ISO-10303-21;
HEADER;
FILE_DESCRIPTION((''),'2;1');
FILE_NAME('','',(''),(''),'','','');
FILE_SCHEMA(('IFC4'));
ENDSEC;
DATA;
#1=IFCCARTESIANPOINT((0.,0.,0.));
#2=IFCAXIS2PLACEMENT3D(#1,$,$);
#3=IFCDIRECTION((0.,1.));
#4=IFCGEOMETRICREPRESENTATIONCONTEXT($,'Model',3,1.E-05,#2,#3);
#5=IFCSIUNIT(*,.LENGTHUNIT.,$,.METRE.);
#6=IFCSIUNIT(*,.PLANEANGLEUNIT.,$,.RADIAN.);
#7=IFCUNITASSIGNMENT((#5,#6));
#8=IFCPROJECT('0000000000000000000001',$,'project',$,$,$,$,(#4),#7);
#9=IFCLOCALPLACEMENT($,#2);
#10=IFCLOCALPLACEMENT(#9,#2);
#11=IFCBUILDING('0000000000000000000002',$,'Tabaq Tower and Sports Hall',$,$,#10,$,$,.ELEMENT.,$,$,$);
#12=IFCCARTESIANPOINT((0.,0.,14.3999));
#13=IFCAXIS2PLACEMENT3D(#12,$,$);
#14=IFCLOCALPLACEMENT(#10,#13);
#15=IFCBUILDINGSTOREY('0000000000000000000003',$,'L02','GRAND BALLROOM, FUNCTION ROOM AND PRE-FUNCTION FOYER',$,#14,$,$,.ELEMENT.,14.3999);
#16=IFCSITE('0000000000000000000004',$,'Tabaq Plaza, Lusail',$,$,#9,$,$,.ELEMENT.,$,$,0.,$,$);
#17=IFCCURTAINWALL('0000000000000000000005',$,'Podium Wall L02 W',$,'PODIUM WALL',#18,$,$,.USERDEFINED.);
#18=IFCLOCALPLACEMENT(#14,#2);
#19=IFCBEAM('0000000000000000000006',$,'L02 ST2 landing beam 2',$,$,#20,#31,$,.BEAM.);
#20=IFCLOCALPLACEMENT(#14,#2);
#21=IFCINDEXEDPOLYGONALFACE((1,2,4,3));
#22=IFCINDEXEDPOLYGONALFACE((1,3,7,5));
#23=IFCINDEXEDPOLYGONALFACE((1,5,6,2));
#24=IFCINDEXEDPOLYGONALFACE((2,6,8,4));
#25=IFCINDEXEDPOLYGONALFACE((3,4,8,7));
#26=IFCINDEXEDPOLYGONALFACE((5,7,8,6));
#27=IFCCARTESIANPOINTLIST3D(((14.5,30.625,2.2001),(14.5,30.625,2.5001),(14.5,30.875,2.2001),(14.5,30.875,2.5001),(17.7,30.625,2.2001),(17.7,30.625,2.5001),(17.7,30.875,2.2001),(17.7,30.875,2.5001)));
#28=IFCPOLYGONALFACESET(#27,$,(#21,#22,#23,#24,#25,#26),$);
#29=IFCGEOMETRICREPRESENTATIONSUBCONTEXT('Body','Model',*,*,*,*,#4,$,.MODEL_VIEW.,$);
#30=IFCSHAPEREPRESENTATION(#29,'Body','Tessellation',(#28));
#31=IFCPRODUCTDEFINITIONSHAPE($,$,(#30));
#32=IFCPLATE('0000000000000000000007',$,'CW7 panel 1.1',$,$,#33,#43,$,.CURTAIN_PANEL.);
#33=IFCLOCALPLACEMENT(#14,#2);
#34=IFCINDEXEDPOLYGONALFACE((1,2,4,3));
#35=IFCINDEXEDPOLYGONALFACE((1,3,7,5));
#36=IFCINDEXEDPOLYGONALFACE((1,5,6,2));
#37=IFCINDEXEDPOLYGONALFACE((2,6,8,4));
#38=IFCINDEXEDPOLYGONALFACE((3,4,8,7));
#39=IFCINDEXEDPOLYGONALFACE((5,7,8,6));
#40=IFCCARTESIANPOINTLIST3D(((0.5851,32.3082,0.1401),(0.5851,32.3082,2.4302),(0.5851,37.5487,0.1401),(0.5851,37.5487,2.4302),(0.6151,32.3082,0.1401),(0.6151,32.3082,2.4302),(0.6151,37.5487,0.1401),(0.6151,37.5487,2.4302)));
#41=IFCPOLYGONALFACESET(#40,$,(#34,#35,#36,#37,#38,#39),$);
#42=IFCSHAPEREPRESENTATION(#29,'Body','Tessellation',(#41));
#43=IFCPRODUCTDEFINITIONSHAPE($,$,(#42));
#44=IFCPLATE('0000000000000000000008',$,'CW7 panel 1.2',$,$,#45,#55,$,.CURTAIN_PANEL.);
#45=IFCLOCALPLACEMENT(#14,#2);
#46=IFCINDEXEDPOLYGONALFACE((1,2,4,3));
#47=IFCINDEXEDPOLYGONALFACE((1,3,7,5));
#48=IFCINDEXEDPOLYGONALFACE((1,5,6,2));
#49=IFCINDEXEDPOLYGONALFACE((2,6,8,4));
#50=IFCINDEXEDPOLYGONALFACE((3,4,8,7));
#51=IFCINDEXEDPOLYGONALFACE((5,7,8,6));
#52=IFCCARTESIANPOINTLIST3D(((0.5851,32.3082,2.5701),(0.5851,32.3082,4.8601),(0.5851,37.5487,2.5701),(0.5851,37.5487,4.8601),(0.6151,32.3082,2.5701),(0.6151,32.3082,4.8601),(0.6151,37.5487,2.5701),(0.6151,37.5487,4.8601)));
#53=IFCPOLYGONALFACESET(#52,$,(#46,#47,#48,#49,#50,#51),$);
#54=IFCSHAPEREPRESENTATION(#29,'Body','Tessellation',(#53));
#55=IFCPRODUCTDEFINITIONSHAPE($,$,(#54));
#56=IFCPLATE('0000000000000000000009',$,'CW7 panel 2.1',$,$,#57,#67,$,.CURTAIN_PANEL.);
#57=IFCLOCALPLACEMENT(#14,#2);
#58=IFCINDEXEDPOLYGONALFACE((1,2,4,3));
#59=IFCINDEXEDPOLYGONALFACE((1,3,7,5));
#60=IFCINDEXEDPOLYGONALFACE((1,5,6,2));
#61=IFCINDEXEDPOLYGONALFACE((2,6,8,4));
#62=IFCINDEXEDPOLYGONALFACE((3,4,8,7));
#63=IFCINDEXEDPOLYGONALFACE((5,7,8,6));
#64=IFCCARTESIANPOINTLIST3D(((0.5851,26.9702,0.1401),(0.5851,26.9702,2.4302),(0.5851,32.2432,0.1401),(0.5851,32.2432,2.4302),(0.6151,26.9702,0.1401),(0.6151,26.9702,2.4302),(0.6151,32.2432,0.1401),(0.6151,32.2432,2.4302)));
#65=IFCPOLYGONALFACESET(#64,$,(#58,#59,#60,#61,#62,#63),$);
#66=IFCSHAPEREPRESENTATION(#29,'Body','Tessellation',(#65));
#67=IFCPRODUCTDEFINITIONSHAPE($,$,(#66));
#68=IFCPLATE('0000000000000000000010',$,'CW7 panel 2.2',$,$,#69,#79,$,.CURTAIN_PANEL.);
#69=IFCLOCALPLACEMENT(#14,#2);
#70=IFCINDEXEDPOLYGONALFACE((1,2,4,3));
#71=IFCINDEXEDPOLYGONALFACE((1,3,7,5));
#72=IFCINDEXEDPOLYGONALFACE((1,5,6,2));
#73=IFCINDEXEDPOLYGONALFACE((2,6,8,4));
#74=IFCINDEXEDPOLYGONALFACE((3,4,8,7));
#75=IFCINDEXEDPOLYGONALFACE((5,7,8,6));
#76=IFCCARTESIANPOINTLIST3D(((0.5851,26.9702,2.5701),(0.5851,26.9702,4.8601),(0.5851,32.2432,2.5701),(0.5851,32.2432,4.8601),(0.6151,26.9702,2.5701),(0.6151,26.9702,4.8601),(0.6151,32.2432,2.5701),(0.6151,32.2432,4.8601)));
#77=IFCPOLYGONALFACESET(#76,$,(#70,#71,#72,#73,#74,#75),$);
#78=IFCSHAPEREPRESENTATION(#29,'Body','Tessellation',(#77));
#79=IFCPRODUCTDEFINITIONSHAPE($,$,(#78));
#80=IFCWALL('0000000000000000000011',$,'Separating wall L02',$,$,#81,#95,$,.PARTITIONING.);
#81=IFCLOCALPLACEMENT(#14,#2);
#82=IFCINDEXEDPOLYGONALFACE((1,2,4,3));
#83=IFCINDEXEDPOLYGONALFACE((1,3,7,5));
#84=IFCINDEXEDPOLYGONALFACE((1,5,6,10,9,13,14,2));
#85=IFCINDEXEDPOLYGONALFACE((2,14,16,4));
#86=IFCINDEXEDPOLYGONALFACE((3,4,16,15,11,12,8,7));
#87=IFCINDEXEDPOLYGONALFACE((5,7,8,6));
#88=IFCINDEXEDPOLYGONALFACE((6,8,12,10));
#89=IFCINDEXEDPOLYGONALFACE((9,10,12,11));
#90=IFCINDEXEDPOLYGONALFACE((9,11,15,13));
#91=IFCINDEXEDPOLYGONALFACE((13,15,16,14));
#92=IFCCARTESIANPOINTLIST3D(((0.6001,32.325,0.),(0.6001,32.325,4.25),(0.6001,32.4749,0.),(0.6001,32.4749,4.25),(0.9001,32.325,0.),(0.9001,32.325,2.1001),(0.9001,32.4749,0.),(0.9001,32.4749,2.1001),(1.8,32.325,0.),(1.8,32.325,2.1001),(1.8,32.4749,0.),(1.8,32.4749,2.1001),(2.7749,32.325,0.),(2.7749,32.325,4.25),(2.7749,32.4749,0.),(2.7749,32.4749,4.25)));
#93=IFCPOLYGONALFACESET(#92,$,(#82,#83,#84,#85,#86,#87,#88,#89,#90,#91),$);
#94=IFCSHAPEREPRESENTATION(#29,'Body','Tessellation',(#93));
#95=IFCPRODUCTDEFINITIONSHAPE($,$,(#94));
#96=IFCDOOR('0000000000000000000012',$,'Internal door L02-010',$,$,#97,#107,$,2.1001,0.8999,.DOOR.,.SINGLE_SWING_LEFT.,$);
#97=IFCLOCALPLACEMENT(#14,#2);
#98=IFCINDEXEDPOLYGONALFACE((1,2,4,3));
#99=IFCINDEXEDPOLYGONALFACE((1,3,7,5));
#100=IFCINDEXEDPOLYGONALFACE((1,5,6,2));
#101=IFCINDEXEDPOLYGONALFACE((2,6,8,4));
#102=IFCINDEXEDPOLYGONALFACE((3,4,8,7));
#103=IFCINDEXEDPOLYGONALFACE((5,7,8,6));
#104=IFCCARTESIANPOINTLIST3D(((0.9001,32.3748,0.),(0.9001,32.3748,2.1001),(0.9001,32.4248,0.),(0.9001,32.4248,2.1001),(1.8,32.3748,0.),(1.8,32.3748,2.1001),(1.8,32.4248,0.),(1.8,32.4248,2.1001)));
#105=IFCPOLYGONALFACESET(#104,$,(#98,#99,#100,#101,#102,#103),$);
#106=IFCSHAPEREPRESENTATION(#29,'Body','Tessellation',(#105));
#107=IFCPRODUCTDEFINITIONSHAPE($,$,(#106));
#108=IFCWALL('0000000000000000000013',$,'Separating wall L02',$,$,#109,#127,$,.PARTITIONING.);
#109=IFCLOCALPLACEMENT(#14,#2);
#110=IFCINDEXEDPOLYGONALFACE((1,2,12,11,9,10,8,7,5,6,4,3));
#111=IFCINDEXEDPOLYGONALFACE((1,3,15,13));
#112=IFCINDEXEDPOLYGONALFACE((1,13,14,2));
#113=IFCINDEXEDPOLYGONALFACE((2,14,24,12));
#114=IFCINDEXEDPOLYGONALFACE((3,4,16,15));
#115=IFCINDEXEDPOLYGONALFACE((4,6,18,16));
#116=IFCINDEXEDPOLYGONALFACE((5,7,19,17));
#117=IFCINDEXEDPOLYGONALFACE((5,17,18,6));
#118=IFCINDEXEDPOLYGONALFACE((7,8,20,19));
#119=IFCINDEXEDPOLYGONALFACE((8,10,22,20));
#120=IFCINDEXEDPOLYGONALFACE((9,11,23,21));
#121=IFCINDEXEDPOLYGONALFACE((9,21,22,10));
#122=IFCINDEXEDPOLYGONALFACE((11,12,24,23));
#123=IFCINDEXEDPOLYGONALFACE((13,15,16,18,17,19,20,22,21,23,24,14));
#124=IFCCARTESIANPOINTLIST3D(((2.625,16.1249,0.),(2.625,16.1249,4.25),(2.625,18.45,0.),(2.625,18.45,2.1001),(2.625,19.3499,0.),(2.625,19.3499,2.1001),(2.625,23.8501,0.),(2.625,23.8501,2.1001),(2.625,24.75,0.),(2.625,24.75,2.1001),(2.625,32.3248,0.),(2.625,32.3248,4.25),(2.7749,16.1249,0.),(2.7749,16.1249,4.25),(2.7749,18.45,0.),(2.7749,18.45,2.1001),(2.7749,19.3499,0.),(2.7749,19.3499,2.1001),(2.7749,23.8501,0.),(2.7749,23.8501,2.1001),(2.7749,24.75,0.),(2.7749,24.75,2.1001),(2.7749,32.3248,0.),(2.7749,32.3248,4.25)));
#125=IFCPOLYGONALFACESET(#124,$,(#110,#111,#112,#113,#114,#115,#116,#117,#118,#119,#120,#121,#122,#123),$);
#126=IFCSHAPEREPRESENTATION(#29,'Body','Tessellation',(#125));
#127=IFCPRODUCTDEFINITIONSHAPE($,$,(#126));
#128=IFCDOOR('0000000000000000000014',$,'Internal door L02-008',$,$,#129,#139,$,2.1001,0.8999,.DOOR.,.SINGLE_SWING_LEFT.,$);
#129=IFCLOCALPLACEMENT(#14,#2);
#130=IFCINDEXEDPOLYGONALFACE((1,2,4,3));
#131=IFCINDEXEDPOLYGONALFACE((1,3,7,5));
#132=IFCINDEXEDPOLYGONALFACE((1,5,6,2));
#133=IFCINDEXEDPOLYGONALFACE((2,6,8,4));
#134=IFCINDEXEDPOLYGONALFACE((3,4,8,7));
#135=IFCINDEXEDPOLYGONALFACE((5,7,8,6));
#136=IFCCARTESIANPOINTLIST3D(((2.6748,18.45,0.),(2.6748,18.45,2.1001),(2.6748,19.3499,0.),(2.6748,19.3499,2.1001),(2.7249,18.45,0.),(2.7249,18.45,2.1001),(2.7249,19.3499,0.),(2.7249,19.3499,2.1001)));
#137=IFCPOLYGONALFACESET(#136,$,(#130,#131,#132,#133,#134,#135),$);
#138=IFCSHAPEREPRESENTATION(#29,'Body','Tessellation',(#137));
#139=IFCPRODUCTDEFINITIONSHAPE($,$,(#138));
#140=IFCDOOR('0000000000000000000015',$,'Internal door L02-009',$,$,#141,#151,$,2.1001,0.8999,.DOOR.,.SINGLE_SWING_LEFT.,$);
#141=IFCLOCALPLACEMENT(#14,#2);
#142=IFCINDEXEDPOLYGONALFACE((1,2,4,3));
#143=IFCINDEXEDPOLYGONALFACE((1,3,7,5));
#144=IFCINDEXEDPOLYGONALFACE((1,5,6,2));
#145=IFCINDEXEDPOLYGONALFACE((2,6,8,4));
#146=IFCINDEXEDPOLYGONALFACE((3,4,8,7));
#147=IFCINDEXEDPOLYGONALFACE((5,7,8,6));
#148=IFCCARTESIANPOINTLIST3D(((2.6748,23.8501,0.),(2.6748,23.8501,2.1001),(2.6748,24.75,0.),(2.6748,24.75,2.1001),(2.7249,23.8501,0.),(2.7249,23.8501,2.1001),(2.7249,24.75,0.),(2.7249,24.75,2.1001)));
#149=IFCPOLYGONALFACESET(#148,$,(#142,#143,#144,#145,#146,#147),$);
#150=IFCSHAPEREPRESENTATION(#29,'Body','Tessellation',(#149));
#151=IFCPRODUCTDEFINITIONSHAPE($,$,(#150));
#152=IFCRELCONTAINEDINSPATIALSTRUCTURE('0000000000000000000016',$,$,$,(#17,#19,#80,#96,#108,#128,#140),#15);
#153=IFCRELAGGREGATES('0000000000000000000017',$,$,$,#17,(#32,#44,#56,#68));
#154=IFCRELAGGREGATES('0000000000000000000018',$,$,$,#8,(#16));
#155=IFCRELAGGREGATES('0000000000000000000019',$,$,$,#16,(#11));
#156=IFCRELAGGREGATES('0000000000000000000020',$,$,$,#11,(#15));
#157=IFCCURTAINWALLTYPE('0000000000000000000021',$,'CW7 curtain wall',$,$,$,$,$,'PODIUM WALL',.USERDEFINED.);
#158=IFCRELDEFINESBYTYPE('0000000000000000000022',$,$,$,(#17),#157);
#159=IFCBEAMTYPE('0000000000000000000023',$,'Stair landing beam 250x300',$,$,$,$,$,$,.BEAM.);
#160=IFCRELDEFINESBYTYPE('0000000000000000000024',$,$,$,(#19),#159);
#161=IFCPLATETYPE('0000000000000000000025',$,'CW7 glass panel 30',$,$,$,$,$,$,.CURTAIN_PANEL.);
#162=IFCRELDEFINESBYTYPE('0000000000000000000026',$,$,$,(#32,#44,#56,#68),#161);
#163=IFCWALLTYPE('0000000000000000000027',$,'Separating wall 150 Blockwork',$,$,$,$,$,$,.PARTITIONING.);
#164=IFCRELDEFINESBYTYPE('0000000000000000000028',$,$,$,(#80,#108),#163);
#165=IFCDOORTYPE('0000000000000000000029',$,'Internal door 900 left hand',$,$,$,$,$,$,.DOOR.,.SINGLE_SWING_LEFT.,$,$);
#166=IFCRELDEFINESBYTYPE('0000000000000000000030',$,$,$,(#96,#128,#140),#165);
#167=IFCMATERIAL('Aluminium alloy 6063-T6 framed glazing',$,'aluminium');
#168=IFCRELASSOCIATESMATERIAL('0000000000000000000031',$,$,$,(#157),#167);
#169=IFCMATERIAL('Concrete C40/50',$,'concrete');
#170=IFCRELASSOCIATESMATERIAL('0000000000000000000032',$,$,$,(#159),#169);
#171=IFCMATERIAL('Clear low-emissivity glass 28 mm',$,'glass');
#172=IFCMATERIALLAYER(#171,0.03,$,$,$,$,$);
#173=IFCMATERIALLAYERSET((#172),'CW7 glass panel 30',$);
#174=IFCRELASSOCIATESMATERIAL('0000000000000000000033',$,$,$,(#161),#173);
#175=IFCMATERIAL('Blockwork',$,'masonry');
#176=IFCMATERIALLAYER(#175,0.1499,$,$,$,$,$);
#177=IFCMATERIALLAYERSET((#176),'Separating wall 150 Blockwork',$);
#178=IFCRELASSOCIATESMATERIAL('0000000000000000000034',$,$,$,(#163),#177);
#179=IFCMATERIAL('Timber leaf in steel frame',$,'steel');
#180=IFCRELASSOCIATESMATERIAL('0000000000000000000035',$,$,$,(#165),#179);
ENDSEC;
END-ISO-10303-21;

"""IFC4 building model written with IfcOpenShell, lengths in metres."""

from ifc_helpers import new_model, si_unit, direction, frame, frame_2d, origin, origin_2d, place, context, subcontext, project, spatial, rectangle, extrude, material, layer, layer_set, material_profile, profile_set, type_object, element, fill, aggregate, save


model = new_model("IFC4")

# Units and contexts
model_context = context("Model", 3, precision=1e-05, world=origin(), true_north=direction((0.0, 1.0)))
body_context = subcontext(model_context, "Body", "Model", "MODEL_VIEW")
ifc_project = project(units=[si_unit("LENGTHUNIT", "METRE"), si_unit("PLANEANGLEUNIT", "RADIAN")], contexts=[model_context])

# Site, building, storey
site_placement = place(None, origin())
site = spatial("IfcSite", under=ifc_project, at=site_placement, Name="Tabaq Plaza, Lusail", CompositionType="ELEMENT", RefElevation=0.0)
building_placement = place(site_placement, origin())
building = spatial("IfcBuilding", under=site, at=building_placement, Name="Tabaq Tower and Sports Hall", CompositionType="ELEMENT")
storey_placement = place(building_placement, frame((0.0, 0.0, 14.3999)))
storey = spatial("IfcBuildingStorey", under=building, at=storey_placement, Name="L02", Description="GRAND BALLROOM, FUNCTION ROOM AND PRE-FUNCTION FOYER", CompositionType="ELEMENT", Elevation=14.3999)

# Shared definitions
ifc_material_1 = material(Name="Aluminium alloy 6063-T6 framed glazing", Category="aluminium")
curtain_wall_type = type_object("IfcCurtainWallType", Name="CW7 curtain wall", ElementType="PODIUM WALL", PredefinedType="USERDEFINED", material=ifc_material_1)

# Curtain wall
curtain_wall_1_placement = place(storey_placement, origin())
curtain_wall_1 = element("IfcCurtainWall", 1, at=curtain_wall_1_placement, inside=storey, type_object=curtain_wall_type, Name="Podium Wall L02 W", ObjectType="PODIUM WALL", PredefinedType="USERDEFINED")

# Beam
ifc_material_2 = material(Name="Concrete C40/50", Category="concrete")
ifc_material_profile_1 = material_profile(ifc_material_2, rectangle(XDim=0.25, YDim=0.3, at=origin_2d()), Name="RC 250x300")
ifc_profile_set_1 = profile_set([ifc_material_profile_1], Name="Concrete C40/50")
beam_type_1 = type_object("IfcBeamType", Name="Stair landing beam 250x300", PredefinedType="BEAM", material=ifc_profile_set_1)
beam_1_placement = place(storey_placement, frame((14.5, 30.75, 2.3501), z_axis=(1.0, 0.0, 0.0), x_axis=(0.0, 1.0, 0.0)))
element("IfcBeam", 2, at=beam_1_placement, inside=storey, type_object=beam_type_1, Name="L02 ST2 landing beam 2", PredefinedType="BEAM", context=body_context, shape_type="SweptSolid", body=[
    extrude(rectangle(XDim=0.25, YDim=0.3, at=origin_2d()), origin(), (0.0, 0.0, 1.0), 3.2),
])

# Plates
ifc_material_3 = material(Name="Clear low-emissivity glass 28 mm", Category="glass")
ifc_layer_1 = layer(ifc_material_3, 0.03)
ifc_layer_set_1 = layer_set([ifc_layer_1], Name="CW7 glass panel 30")
plate_type = type_object("IfcPlateType", Name="CW7 glass panel 30", PredefinedType="CURTAIN_PANEL", material=ifc_layer_set_1)
plate_1_placement = place(storey_placement, frame((0.6001, 34.9285, 0.1401), z_axis=(0.0, 0.0, 1.0), x_axis=(0.0, -1.0, 0.0)))
plate_1 = element("IfcPlate", 3, at=plate_1_placement, type_object=plate_type, Name="CW7 panel 1.1", PredefinedType="CURTAIN_PANEL", context=body_context, shape_type="SweptSolid", body=[
    extrude(rectangle(XDim=5.2405, YDim=0.03, at=origin_2d()), origin(), (0.0, 0.0, 1.0), 2.29),
])
plate_2_placement = place(storey_placement, frame((0.6001, 34.9285, 2.5701), z_axis=(0.0, 0.0, 1.0), x_axis=(0.0, -1.0, 0.0)))
plate_2 = element("IfcPlate", 4, at=plate_2_placement, type_object=plate_type, Name="CW7 panel 1.2", PredefinedType="CURTAIN_PANEL", context=body_context, shape_type="SweptSolid", body=[
    extrude(rectangle(XDim=5.2405, YDim=0.03, at=origin_2d()), origin(), (0.0, 0.0, 1.0), 2.29),
])
plate_3_placement = place(storey_placement, frame((0.6001, 29.6067, 0.1401), z_axis=(0.0, 0.0, 1.0), x_axis=(0.0, -1.0, 0.0)))
plate_3 = element("IfcPlate", 5, at=plate_3_placement, type_object=plate_type, Name="CW7 panel 2.1", PredefinedType="CURTAIN_PANEL", context=body_context, shape_type="SweptSolid", body=[
    extrude(rectangle(XDim=5.2729, YDim=0.03, at=origin_2d()), origin(), (0.0, 0.0, 1.0), 2.29),
])
plate_4_placement = place(storey_placement, frame((0.6001, 29.6067, 2.5701), z_axis=(0.0, 0.0, 1.0), x_axis=(0.0, -1.0, 0.0)))
plate_4 = element("IfcPlate", 6, at=plate_4_placement, type_object=plate_type, Name="CW7 panel 2.2", PredefinedType="CURTAIN_PANEL", context=body_context, shape_type="SweptSolid", body=[
    extrude(rectangle(XDim=5.2729, YDim=0.03, at=origin_2d()), origin(), (0.0, 0.0, 1.0), 2.29),
])
aggregate(curtain_wall_1, [plate_1, plate_2, plate_3, plate_4])

# Wall, opening, door
ifc_material_4 = material(Name="Blockwork", Category="masonry")
ifc_layer_2 = layer(ifc_material_4, 0.1499)
ifc_layer_set_2 = layer_set([ifc_layer_2], Name="Separating wall 150 Blockwork")
wall_type_1 = type_object("IfcWallType", Name="Separating wall 150 Blockwork", PredefinedType="PARTITIONING", material=ifc_layer_set_2)
wall_1_placement = place(storey_placement, frame((0.6001, 32.3999, 0.0), z_axis=(0.0, 0.0, 1.0), x_axis=(1.0, 0.0, 0.0)))
wall_1 = element("IfcWall", 7, at=wall_1_placement, inside=storey, type_object=wall_type_1, Name="Separating wall L02", PredefinedType="PARTITIONING", context=body_context, shape_type="SweptSolid", body=[
    extrude(rectangle(XDim=2.1748, YDim=0.1499, at=frame_2d((1.0874, 0.0))), origin(), (0.0, 0.0, 1.0), 4.25),
])
opening_1_placement = place(wall_1_placement, frame((0.3, 0.0, 0.0)))
opening_1 = element("IfcOpeningElement", 8, at=opening_1_placement, cuts=wall_1, PredefinedType="OPENING", context=body_context, shape_type="SweptSolid", body=[
    extrude(rectangle(XDim=0.8999, YDim=2.1001, at=frame_2d((0.45, 1.05))), frame((0.0, 0.075, 0.0), z_axis=(0.0, -1.0, 0.0), x_axis=(1.0, 0.0, 0.0)), (0.0, 0.0, 1.0), 0.1499),
])
ifc_material_5 = material(Name="Timber leaf in steel frame", Category="steel")
door_type_1 = type_object("IfcDoorType", Name="Internal door 900 left hand", OperationType="SINGLE_SWING_LEFT", PredefinedType="DOOR", material=ifc_material_5)
door_1_placement = place(opening_1_placement, origin())
door_1 = element("IfcDoor", 9, at=door_1_placement, inside=storey, type_object=door_type_1, Name="Internal door L02-010", OperationType="SINGLE_SWING_LEFT", OverallHeight=2.1001, OverallWidth=0.8999, PredefinedType="DOOR", context=body_context, shape_type="SweptSolid", body=[
    extrude(rectangle(XDim=0.8999, YDim=2.1001, at=frame_2d((0.45, 1.05))), frame((0.0, 0.0249, 0.0), z_axis=(0.0, -1.0, 0.0), x_axis=(1.0, 0.0, 0.0)), (0.0, 0.0, 1.0), 0.05),
])
fill(opening_1, door_1)

# Wall, openings, doors
wall_2_placement = place(storey_placement, frame((2.7, 32.325, 0.0), z_axis=(0.0, 0.0, 1.0), x_axis=(0.0, -1.0, 0.0)))
wall_2 = element("IfcWall", 10, at=wall_2_placement, inside=storey, type_object=wall_type_1, Name="Separating wall L02", PredefinedType="PARTITIONING", context=body_context, shape_type="SweptSolid", body=[
    extrude(rectangle(XDim=16.2, YDim=0.1499, at=frame_2d((8.1001, 0.0))), origin(), (0.0, 0.0, 1.0), 4.25),
])
opening_2_placement = place(wall_2_placement, frame((12.9751, 0.0, 0.0)))
opening_2 = element("IfcOpeningElement", 11, at=opening_2_placement, cuts=wall_2, PredefinedType="OPENING", context=body_context, shape_type="SweptSolid", body=[
    extrude(rectangle(XDim=0.8999, YDim=2.1001, at=frame_2d((0.45, 1.05))), frame((0.0, 0.075, 0.0), z_axis=(0.0, -1.0, 0.0), x_axis=(1.0, 0.0, 0.0)), (0.0, 0.0, 1.0), 0.1499),
])
opening_3_placement = place(wall_2_placement, frame((7.575, 0.0, 0.0)))
opening_3 = element("IfcOpeningElement", 12, at=opening_3_placement, cuts=wall_2, PredefinedType="OPENING", context=body_context, shape_type="SweptSolid", body=[
    extrude(rectangle(XDim=0.8999, YDim=2.1001, at=frame_2d((0.45, 1.05))), frame((0.0, 0.075, 0.0), z_axis=(0.0, -1.0, 0.0), x_axis=(1.0, 0.0, 0.0)), (0.0, 0.0, 1.0), 0.1499),
])
door_2_placement = place(opening_2_placement, origin())
door_2 = element("IfcDoor", 13, at=door_2_placement, inside=storey, type_object=door_type_1, Name="Internal door L02-008", OperationType="SINGLE_SWING_LEFT", OverallHeight=2.1001, OverallWidth=0.8999, PredefinedType="DOOR", context=body_context, shape_type="SweptSolid", body=[
    extrude(rectangle(XDim=0.8999, YDim=2.1001, at=frame_2d((0.45, 1.05))), frame((0.0, 0.0249, 0.0), z_axis=(0.0, -1.0, 0.0), x_axis=(1.0, 0.0, 0.0)), (0.0, 0.0, 1.0), 0.05),
])
fill(opening_2, door_2)
door_3_placement = place(opening_3_placement, origin())
door_3 = element("IfcDoor", 14, at=door_3_placement, inside=storey, type_object=door_type_1, Name="Internal door L02-009", OperationType="SINGLE_SWING_LEFT", OverallHeight=2.1001, OverallWidth=0.8999, PredefinedType="DOOR", context=body_context, shape_type="SweptSolid", body=[
    extrude(rectangle(XDim=0.8999, YDim=2.1001, at=frame_2d((0.45, 1.05))), frame((0.0, 0.0249, 0.0), z_axis=(0.0, -1.0, 0.0), x_axis=(1.0, 0.0, 0.0)), (0.0, 0.0, 1.0), 0.05),
])
fill(opening_3, door_3)

save(model, "model.ifc")
